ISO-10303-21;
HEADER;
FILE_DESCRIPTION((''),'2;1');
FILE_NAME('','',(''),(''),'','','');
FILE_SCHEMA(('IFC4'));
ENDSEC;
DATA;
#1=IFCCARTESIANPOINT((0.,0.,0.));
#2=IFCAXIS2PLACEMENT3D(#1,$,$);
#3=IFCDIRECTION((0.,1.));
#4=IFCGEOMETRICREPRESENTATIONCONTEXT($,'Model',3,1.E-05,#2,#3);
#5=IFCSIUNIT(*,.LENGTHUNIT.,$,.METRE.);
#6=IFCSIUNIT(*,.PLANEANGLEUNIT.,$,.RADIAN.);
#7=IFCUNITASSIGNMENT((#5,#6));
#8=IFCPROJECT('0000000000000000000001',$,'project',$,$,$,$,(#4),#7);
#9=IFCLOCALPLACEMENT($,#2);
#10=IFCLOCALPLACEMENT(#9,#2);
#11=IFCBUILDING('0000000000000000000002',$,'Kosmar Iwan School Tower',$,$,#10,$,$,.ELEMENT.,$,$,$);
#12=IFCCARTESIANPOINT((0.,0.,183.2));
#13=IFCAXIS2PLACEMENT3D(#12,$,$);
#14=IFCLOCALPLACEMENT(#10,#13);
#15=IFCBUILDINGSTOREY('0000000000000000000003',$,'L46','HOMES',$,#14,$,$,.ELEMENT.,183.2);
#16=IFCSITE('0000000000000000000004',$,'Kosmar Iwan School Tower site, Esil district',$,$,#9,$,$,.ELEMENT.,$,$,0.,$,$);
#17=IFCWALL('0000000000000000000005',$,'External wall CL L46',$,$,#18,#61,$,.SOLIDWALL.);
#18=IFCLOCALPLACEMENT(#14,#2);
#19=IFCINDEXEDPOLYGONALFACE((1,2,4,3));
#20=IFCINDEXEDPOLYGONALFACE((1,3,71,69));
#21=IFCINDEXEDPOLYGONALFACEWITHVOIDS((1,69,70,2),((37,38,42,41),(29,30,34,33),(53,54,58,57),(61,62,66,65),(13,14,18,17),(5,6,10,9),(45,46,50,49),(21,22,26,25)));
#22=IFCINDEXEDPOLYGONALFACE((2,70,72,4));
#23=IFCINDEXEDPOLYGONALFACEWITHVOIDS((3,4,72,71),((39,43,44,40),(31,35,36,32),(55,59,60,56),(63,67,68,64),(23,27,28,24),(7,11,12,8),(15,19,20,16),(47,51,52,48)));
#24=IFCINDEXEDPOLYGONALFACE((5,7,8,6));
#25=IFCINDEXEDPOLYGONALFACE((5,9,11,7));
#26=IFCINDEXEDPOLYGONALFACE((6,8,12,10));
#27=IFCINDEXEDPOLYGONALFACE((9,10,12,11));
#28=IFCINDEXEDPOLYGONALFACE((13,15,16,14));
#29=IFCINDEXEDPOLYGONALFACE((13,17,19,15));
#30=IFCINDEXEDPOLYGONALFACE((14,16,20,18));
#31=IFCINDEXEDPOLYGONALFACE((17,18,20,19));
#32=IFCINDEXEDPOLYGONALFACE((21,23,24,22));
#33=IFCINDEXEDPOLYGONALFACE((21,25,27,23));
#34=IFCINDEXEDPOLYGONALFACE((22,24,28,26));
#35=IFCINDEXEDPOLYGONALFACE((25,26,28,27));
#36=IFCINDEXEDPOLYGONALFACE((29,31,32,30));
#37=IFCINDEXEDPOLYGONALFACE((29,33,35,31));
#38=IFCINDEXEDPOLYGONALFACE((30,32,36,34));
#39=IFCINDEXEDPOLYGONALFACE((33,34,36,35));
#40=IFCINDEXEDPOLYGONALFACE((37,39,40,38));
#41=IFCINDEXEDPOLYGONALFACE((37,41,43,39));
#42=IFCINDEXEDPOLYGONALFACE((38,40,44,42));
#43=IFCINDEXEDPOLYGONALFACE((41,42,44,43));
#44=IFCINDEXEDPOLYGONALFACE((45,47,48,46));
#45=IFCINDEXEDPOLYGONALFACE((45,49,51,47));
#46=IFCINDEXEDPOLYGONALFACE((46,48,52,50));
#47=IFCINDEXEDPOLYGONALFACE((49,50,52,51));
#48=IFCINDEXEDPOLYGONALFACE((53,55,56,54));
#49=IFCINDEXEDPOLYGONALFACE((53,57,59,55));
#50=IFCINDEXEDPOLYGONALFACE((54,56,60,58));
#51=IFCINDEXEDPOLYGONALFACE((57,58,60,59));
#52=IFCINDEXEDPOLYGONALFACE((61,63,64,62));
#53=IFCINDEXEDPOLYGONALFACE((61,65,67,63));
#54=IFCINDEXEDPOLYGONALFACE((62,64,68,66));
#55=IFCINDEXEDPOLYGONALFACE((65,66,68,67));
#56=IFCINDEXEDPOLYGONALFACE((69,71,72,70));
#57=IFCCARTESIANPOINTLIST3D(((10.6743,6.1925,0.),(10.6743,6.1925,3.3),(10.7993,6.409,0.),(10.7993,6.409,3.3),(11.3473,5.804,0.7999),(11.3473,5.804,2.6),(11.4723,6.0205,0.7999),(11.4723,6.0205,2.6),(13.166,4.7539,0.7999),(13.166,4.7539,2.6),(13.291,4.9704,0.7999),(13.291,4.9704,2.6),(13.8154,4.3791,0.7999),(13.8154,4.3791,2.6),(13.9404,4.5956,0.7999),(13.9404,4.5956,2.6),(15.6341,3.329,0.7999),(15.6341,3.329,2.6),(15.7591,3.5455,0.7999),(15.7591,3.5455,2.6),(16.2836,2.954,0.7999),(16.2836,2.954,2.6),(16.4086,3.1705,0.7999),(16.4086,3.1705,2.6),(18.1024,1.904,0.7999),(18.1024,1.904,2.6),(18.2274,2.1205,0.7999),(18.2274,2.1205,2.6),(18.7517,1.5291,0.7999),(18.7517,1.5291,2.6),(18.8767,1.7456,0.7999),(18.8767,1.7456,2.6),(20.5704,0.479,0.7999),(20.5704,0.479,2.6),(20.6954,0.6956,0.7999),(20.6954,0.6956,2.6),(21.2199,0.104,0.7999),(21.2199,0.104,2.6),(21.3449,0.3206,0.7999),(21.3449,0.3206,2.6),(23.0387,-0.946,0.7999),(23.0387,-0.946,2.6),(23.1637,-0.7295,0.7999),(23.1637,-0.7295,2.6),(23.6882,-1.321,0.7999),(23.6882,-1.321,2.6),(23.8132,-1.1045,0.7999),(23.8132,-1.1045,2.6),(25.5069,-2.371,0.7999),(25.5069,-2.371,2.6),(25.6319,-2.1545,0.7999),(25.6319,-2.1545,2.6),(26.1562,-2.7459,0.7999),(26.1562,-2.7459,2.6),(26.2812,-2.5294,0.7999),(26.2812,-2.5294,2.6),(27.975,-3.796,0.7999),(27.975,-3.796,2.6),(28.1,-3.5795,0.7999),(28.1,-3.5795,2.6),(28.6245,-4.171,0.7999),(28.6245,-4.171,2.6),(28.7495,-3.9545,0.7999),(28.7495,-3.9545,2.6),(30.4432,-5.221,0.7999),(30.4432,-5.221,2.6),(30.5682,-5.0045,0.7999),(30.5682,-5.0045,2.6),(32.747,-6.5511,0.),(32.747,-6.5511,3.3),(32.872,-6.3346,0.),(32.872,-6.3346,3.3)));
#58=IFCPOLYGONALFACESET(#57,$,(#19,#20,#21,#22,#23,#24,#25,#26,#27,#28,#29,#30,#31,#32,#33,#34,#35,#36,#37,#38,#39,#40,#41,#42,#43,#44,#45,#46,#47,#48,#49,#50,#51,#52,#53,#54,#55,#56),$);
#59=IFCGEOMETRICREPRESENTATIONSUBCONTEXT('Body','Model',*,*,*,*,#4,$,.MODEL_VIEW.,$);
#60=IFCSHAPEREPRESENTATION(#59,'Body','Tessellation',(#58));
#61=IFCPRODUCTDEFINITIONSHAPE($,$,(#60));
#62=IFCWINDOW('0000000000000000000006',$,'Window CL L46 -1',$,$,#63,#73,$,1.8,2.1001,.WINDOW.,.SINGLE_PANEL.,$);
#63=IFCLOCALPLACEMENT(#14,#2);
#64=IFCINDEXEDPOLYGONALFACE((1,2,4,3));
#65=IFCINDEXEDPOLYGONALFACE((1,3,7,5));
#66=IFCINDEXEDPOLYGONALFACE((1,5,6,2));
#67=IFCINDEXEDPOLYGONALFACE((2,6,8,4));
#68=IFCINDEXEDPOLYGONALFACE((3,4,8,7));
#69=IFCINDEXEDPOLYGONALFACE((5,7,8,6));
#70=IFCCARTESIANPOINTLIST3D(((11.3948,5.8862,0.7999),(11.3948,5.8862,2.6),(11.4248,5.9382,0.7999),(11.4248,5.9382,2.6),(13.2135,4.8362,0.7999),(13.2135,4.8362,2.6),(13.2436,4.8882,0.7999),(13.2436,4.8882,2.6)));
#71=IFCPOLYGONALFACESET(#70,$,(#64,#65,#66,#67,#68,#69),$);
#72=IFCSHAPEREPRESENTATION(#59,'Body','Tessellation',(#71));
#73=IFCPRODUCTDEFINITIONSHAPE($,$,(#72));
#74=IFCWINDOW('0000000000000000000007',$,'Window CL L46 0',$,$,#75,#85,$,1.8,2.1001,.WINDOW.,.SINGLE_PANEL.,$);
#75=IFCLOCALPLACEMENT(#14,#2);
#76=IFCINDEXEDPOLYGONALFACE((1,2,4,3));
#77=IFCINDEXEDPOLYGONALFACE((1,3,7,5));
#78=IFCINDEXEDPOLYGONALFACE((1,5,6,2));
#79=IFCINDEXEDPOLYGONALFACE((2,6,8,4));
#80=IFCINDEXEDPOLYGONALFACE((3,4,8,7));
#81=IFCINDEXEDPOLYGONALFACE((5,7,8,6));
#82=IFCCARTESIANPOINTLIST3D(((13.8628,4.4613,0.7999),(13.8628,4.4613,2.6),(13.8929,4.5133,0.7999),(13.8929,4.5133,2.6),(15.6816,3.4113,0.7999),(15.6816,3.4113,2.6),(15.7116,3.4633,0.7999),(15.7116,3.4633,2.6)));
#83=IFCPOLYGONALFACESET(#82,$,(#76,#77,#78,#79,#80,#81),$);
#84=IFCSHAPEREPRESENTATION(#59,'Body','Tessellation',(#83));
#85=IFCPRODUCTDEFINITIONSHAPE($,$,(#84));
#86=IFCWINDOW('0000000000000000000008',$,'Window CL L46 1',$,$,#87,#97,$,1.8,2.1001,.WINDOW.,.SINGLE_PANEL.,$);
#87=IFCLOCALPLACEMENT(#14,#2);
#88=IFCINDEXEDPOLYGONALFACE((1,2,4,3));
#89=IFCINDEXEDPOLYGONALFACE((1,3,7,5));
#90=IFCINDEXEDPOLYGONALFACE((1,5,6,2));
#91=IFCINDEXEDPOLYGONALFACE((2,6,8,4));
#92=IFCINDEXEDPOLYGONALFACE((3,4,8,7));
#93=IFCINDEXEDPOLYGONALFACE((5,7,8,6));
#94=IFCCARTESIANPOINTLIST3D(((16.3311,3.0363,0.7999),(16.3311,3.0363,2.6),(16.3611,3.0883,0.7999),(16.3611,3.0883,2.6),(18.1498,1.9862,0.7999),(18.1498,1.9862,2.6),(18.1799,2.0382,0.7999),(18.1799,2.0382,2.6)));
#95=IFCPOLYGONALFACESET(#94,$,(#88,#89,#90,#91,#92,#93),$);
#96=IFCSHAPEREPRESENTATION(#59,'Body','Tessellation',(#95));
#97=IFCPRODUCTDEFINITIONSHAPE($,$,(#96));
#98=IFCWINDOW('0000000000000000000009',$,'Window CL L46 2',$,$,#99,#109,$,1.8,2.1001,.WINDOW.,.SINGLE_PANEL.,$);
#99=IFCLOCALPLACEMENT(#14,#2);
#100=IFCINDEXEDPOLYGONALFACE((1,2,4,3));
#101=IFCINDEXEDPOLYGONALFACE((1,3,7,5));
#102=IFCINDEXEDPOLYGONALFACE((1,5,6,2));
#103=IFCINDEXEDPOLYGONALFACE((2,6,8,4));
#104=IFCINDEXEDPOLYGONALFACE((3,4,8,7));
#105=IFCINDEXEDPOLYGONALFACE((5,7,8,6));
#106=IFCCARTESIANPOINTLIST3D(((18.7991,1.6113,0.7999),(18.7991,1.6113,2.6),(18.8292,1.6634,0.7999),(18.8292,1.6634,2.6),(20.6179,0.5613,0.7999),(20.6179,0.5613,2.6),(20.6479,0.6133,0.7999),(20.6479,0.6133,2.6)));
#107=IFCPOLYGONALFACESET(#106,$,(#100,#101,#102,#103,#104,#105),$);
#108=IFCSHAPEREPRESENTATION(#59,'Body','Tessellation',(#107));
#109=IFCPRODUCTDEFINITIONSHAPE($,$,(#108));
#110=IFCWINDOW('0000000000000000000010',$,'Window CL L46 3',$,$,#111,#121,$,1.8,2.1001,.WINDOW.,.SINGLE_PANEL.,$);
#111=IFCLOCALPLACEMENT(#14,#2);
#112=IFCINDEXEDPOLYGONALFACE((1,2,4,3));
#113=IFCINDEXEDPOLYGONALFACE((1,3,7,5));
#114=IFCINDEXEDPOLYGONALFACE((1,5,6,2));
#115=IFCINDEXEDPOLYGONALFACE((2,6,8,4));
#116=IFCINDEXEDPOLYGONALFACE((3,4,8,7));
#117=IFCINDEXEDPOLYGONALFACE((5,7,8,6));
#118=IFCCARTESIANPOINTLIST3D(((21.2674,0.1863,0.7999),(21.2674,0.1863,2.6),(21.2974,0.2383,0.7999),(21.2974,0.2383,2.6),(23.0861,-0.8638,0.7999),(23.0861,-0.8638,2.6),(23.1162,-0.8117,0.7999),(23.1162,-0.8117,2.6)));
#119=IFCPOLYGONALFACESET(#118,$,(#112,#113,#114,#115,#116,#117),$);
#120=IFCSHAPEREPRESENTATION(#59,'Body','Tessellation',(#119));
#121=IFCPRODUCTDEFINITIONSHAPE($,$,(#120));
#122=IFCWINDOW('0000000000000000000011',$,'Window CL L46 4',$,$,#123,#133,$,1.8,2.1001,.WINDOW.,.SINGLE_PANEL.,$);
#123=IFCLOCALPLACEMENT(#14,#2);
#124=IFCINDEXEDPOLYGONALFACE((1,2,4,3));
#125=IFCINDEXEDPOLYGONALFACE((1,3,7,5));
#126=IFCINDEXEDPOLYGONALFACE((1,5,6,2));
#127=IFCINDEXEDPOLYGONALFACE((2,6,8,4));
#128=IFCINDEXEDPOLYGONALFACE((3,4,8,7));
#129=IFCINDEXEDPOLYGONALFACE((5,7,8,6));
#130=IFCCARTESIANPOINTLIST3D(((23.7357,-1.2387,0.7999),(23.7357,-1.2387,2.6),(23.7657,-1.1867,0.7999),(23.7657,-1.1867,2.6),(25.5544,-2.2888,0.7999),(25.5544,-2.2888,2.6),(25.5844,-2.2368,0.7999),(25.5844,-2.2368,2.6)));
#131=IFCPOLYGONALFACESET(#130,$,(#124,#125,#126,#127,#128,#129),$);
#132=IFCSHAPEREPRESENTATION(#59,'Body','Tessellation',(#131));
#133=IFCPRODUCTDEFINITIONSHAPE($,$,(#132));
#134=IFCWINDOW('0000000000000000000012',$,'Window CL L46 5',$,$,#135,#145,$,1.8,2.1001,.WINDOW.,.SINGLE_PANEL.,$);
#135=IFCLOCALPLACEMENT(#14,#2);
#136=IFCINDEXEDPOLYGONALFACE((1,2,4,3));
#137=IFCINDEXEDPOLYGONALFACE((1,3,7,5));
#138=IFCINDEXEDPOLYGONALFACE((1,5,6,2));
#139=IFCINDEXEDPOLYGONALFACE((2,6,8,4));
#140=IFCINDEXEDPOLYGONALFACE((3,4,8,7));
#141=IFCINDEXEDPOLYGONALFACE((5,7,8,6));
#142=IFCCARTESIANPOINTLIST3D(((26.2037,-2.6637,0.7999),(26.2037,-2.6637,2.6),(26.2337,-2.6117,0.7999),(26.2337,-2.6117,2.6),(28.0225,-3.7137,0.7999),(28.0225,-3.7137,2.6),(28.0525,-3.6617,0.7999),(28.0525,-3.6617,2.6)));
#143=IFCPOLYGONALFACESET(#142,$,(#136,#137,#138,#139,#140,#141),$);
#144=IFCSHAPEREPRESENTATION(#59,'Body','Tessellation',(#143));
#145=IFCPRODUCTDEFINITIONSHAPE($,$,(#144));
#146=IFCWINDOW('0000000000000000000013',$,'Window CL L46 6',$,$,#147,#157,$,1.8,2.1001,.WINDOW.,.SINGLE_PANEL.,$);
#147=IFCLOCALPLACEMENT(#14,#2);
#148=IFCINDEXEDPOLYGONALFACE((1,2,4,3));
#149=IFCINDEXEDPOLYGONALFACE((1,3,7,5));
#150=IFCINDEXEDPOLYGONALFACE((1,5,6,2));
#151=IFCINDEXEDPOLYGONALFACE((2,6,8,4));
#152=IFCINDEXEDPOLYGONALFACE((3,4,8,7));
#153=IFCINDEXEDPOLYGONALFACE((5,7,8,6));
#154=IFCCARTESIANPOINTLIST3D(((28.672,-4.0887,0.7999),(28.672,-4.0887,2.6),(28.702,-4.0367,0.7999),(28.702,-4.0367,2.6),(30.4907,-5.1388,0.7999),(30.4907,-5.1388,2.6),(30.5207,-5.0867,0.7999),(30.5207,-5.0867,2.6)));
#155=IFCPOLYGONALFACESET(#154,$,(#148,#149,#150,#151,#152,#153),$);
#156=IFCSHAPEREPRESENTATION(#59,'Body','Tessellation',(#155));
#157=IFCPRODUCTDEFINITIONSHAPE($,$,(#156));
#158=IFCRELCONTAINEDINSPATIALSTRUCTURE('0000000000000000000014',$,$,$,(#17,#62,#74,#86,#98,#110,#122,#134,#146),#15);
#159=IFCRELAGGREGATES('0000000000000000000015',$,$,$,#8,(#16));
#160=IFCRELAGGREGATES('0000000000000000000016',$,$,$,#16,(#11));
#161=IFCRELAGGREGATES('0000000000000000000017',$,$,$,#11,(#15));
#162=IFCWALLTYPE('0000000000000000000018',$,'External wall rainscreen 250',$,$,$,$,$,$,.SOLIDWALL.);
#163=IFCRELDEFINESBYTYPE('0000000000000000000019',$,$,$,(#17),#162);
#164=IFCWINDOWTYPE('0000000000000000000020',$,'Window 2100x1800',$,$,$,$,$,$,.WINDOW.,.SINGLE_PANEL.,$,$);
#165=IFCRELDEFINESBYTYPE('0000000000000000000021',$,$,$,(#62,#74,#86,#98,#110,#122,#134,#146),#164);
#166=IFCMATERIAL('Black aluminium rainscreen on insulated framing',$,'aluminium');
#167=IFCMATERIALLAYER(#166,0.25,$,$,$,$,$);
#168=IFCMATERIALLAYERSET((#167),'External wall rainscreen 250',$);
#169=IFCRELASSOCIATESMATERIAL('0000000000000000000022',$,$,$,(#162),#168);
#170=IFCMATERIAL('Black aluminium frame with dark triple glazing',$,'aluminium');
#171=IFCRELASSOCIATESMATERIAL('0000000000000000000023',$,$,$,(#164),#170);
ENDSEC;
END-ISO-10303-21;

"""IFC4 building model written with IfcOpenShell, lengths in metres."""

from ifc_helpers import new_model, si_unit, direction, frame, frame_2d, origin, place, context, subcontext, project, spatial, rectangle, extrude, material, layer, layer_set, type_object, element, fill, save


model = new_model("IFC4")

# Units and contexts
model_context = context("Model", 3, precision=1e-05, world=origin(), true_north=direction((0.0, 1.0)))
body_context = subcontext(model_context, "Body", "Model", "MODEL_VIEW")
ifc_project = project(units=[si_unit("LENGTHUNIT", "METRE"), si_unit("PLANEANGLEUNIT", "RADIAN")], contexts=[model_context])

# Site, building, storey
site_placement = place(None, origin())
site = spatial("IfcSite", under=ifc_project, at=site_placement, Name="Kosmar Iwan School Tower site, Esil district", CompositionType="ELEMENT", RefElevation=0.0)
building_placement = place(site_placement, origin())
building = spatial("IfcBuilding", under=site, at=building_placement, Name="Kosmar Iwan School Tower", CompositionType="ELEMENT")
storey_placement = place(building_placement, frame((0.0, 0.0, 183.2)))
storey = spatial("IfcBuildingStorey", under=building, at=storey_placement, Name="L46", Description="HOMES", CompositionType="ELEMENT", Elevation=183.2)

# Wall, openings, windows
ifc_material_1 = material(Name="Black aluminium rainscreen on insulated framing", Category="aluminium")
ifc_layer = layer(ifc_material_1, 0.25)
ifc_layer_set = layer_set([ifc_layer], Name="External wall rainscreen 250")
wall_type = type_object("IfcWallType", Name="External wall rainscreen 250", PredefinedType="SOLIDWALL", material=ifc_layer_set)
wall_1_placement = place(storey_placement, frame((10.7368, 6.3008, 0.0), z_axis=(0.0, 0.0, 1.0), x_axis=(0.866026, -0.499998, 0.0)))
wall_1 = element("IfcWall", 1, at=wall_1_placement, inside=storey, type_object=wall_type, Name="External wall CL L46", PredefinedType="SOLIDWALL", context=body_context, shape_type="SweptSolid", body=[
    extrude(rectangle(XDim=25.4873, YDim=0.25, at=frame_2d((12.7437, 0.0))), origin(), (0.0, 0.0, 1.0), 3.3),
])
opening_1_placement = place(wall_1_placement, frame((0.7771, 0.0, 0.8)))
opening_1 = element("IfcOpeningElement", 2, at=opening_1_placement, cuts=wall_1, PredefinedType="OPENING", context=body_context, shape_type="SweptSolid", body=[
    extrude(rectangle(XDim=2.1001, YDim=1.8, at=frame_2d((1.05, 0.8999))), frame((0.0, 0.137, 0.0), z_axis=(0.0, -1.0, 0.0), x_axis=(1.0, 0.0, 0.0)), (0.0, 0.0, 1.0), 0.2739),
])
opening_2_placement = place(wall_1_placement, frame((3.627, 0.0, 0.8)))
opening_2 = element("IfcOpeningElement", 3, at=opening_2_placement, cuts=wall_1, PredefinedType="OPENING", context=body_context, shape_type="SweptSolid", body=[
    extrude(rectangle(XDim=2.1001, YDim=1.8, at=frame_2d((1.05, 0.8999))), frame((0.0, 0.137, 0.0), z_axis=(0.0, -1.0, 0.0), x_axis=(1.0, 0.0, 0.0)), (0.0, 0.0, 1.0), 0.2739),
])
opening_3_placement = place(wall_1_placement, frame((6.4771, 0.0, 0.8)))
opening_3 = element("IfcOpeningElement", 4, at=opening_3_placement, cuts=wall_1, PredefinedType="OPENING", context=body_context, shape_type="SweptSolid", body=[
    extrude(rectangle(XDim=2.1001, YDim=1.8, at=frame_2d((1.05, 0.8999))), frame((0.0, 0.137, 0.0), z_axis=(0.0, -1.0, 0.0), x_axis=(1.0, 0.0, 0.0)), (0.0, 0.0, 1.0), 0.2739),
])
opening_4_placement = place(wall_1_placement, frame((9.3269, 0.0, 0.8)))
opening_4 = element("IfcOpeningElement", 5, at=opening_4_placement, cuts=wall_1, PredefinedType="OPENING", context=body_context, shape_type="SweptSolid", body=[
    extrude(rectangle(XDim=2.1001, YDim=1.8, at=frame_2d((1.05, 0.8999))), frame((0.0, 0.137, 0.0), z_axis=(0.0, -1.0, 0.0), x_axis=(1.0, 0.0, 0.0)), (0.0, 0.0, 1.0), 0.2739),
])
opening_5_placement = place(wall_1_placement, frame((12.177, 0.0, 0.8)))
opening_5 = element("IfcOpeningElement", 6, at=opening_5_placement, cuts=wall_1, PredefinedType="OPENING", context=body_context, shape_type="SweptSolid", body=[
    extrude(rectangle(XDim=2.1001, YDim=1.8, at=frame_2d((1.05, 0.8999))), frame((0.0, 0.137, 0.0), z_axis=(0.0, -1.0, 0.0), x_axis=(1.0, 0.0, 0.0)), (0.0, 0.0, 1.0), 0.2739),
])
opening_6_placement = place(wall_1_placement, frame((15.0271, 0.0, 0.8)))
opening_6 = element("IfcOpeningElement", 7, at=opening_6_placement, cuts=wall_1, PredefinedType="OPENING", context=body_context, shape_type="SweptSolid", body=[
    extrude(rectangle(XDim=2.1001, YDim=1.8, at=frame_2d((1.05, 0.8999))), frame((0.0, 0.137, 0.0), z_axis=(0.0, -1.0, 0.0), x_axis=(1.0, 0.0, 0.0)), (0.0, 0.0, 1.0), 0.2739),
])
opening_7_placement = place(wall_1_placement, frame((17.877, 0.0, 0.8)))
opening_7 = element("IfcOpeningElement", 8, at=opening_7_placement, cuts=wall_1, PredefinedType="OPENING", context=body_context, shape_type="SweptSolid", body=[
    extrude(rectangle(XDim=2.1001, YDim=1.8, at=frame_2d((1.05, 0.8999))), frame((0.0, 0.137, 0.0), z_axis=(0.0, -1.0, 0.0), x_axis=(1.0, 0.0, 0.0)), (0.0, 0.0, 1.0), 0.2739),
])
opening_8_placement = place(wall_1_placement, frame((20.7271, 0.0, 0.8)))
opening_8 = element("IfcOpeningElement", 9, at=opening_8_placement, cuts=wall_1, PredefinedType="OPENING", context=body_context, shape_type="SweptSolid", body=[
    extrude(rectangle(XDim=2.1001, YDim=1.8, at=frame_2d((1.05, 0.8999))), frame((0.0, 0.137, 0.0), z_axis=(0.0, -1.0, 0.0), x_axis=(1.0, 0.0, 0.0)), (0.0, 0.0, 1.0), 0.2739),
])
ifc_material_2 = material(Name="Black aluminium frame with dark triple glazing", Category="aluminium")
window_type = type_object("IfcWindowType", Name="Window 2100x1800", PartitioningType="SINGLE_PANEL", PredefinedType="WINDOW", material=ifc_material_2)
window_1_placement = place(opening_1_placement, origin())
window_1 = element("IfcWindow", 10, at=window_1_placement, inside=storey, type_object=window_type, Name="Window CL L46 -1", OverallHeight=1.8, OverallWidth=2.1001, PartitioningType="SINGLE_PANEL", PredefinedType="WINDOW", context=body_context, shape_type="SweptSolid", body=[
    extrude(rectangle(XDim=2.1001, YDim=1.8, at=frame_2d((1.05, 0.8999))), frame((0.0, 0.03, 0.0), z_axis=(0.0, -1.0, 0.0), x_axis=(1.0, 0.0, 0.0)), (0.0, 0.0, 1.0), 0.0601),
])
fill(opening_1, window_1)
window_2_placement = place(opening_2_placement, origin())
window_2 = element("IfcWindow", 11, at=window_2_placement, inside=storey, type_object=window_type, Name="Window CL L46 0", OverallHeight=1.8, OverallWidth=2.1001, PartitioningType="SINGLE_PANEL", PredefinedType="WINDOW", context=body_context, shape_type="SweptSolid", body=[
    extrude(rectangle(XDim=2.1001, YDim=1.8, at=frame_2d((1.05, 0.8999))), frame((0.0, 0.03, 0.0), z_axis=(0.0, -1.0, 0.0), x_axis=(1.0, 0.0, 0.0)), (0.0, 0.0, 1.0), 0.0601),
])
fill(opening_2, window_2)
window_3_placement = place(opening_3_placement, origin())
window_3 = element("IfcWindow", 12, at=window_3_placement, inside=storey, type_object=window_type, Name="Window CL L46 1", OverallHeight=1.8, OverallWidth=2.1001, PartitioningType="SINGLE_PANEL", PredefinedType="WINDOW", context=body_context, shape_type="SweptSolid", body=[
    extrude(rectangle(XDim=2.1001, YDim=1.8, at=frame_2d((1.05, 0.8999))), frame((0.0, 0.03, 0.0), z_axis=(0.0, -1.0, 0.0), x_axis=(1.0, 0.0, 0.0)), (0.0, 0.0, 1.0), 0.0601),
])
fill(opening_3, window_3)
window_4_placement = place(opening_4_placement, origin())
window_4 = element("IfcWindow", 13, at=window_4_placement, inside=storey, type_object=window_type, Name="Window CL L46 2", OverallHeight=1.8, OverallWidth=2.1001, PartitioningType="SINGLE_PANEL", PredefinedType="WINDOW", context=body_context, shape_type="SweptSolid", body=[
    extrude(rectangle(XDim=2.1001, YDim=1.8, at=frame_2d((1.05, 0.8999))), frame((0.0, 0.03, 0.0), z_axis=(0.0, -1.0, 0.0), x_axis=(1.0, 0.0, 0.0)), (0.0, 0.0, 1.0), 0.0601),
])
fill(opening_4, window_4)
window_5_placement = place(opening_5_placement, origin())
window_5 = element("IfcWindow", 14, at=window_5_placement, inside=storey, type_object=window_type, Name="Window CL L46 3", OverallHeight=1.8, OverallWidth=2.1001, PartitioningType="SINGLE_PANEL", PredefinedType="WINDOW", context=body_context, shape_type="SweptSolid", body=[
    extrude(rectangle(XDim=2.1001, YDim=1.8, at=frame_2d((1.05, 0.8999))), frame((0.0, 0.03, 0.0), z_axis=(0.0, -1.0, 0.0), x_axis=(1.0, 0.0, 0.0)), (0.0, 0.0, 1.0), 0.0601),
])
fill(opening_5, window_5)
window_6_placement = place(opening_6_placement, origin())
window_6 = element("IfcWindow", 15, at=window_6_placement, inside=storey, type_object=window_type, Name="Window CL L46 4", OverallHeight=1.8, OverallWidth=2.1001, PartitioningType="SINGLE_PANEL", PredefinedType="WINDOW", context=body_context, shape_type="SweptSolid", body=[
    extrude(rectangle(XDim=2.1001, YDim=1.8, at=frame_2d((1.05, 0.8999))), frame((0.0, 0.03, 0.0), z_axis=(0.0, -1.0, 0.0), x_axis=(1.0, 0.0, 0.0)), (0.0, 0.0, 1.0), 0.0601),
])
fill(opening_6, window_6)
window_7_placement = place(opening_7_placement, origin())
window_7 = element("IfcWindow", 16, at=window_7_placement, inside=storey, type_object=window_type, Name="Window CL L46 5", OverallHeight=1.8, OverallWidth=2.1001, PartitioningType="SINGLE_PANEL", PredefinedType="WINDOW", context=body_context, shape_type="SweptSolid", body=[
    extrude(rectangle(XDim=2.1001, YDim=1.8, at=frame_2d((1.05, 0.8999))), frame((0.0, 0.03, 0.0), z_axis=(0.0, -1.0, 0.0), x_axis=(1.0, 0.0, 0.0)), (0.0, 0.0, 1.0), 0.0601),
])
fill(opening_7, window_7)
window_8_placement = place(opening_8_placement, origin())
window_8 = element("IfcWindow", 17, at=window_8_placement, inside=storey, type_object=window_type, Name="Window CL L46 6", OverallHeight=1.8, OverallWidth=2.1001, PartitioningType="SINGLE_PANEL", PredefinedType="WINDOW", context=body_context, shape_type="SweptSolid", body=[
    extrude(rectangle(XDim=2.1001, YDim=1.8, at=frame_2d((1.05, 0.8999))), frame((0.0, 0.03, 0.0), z_axis=(0.0, -1.0, 0.0), x_axis=(1.0, 0.0, 0.0)), (0.0, 0.0, 1.0), 0.0601),
])
fill(opening_8, window_8)

save(model, "model.ifc")
